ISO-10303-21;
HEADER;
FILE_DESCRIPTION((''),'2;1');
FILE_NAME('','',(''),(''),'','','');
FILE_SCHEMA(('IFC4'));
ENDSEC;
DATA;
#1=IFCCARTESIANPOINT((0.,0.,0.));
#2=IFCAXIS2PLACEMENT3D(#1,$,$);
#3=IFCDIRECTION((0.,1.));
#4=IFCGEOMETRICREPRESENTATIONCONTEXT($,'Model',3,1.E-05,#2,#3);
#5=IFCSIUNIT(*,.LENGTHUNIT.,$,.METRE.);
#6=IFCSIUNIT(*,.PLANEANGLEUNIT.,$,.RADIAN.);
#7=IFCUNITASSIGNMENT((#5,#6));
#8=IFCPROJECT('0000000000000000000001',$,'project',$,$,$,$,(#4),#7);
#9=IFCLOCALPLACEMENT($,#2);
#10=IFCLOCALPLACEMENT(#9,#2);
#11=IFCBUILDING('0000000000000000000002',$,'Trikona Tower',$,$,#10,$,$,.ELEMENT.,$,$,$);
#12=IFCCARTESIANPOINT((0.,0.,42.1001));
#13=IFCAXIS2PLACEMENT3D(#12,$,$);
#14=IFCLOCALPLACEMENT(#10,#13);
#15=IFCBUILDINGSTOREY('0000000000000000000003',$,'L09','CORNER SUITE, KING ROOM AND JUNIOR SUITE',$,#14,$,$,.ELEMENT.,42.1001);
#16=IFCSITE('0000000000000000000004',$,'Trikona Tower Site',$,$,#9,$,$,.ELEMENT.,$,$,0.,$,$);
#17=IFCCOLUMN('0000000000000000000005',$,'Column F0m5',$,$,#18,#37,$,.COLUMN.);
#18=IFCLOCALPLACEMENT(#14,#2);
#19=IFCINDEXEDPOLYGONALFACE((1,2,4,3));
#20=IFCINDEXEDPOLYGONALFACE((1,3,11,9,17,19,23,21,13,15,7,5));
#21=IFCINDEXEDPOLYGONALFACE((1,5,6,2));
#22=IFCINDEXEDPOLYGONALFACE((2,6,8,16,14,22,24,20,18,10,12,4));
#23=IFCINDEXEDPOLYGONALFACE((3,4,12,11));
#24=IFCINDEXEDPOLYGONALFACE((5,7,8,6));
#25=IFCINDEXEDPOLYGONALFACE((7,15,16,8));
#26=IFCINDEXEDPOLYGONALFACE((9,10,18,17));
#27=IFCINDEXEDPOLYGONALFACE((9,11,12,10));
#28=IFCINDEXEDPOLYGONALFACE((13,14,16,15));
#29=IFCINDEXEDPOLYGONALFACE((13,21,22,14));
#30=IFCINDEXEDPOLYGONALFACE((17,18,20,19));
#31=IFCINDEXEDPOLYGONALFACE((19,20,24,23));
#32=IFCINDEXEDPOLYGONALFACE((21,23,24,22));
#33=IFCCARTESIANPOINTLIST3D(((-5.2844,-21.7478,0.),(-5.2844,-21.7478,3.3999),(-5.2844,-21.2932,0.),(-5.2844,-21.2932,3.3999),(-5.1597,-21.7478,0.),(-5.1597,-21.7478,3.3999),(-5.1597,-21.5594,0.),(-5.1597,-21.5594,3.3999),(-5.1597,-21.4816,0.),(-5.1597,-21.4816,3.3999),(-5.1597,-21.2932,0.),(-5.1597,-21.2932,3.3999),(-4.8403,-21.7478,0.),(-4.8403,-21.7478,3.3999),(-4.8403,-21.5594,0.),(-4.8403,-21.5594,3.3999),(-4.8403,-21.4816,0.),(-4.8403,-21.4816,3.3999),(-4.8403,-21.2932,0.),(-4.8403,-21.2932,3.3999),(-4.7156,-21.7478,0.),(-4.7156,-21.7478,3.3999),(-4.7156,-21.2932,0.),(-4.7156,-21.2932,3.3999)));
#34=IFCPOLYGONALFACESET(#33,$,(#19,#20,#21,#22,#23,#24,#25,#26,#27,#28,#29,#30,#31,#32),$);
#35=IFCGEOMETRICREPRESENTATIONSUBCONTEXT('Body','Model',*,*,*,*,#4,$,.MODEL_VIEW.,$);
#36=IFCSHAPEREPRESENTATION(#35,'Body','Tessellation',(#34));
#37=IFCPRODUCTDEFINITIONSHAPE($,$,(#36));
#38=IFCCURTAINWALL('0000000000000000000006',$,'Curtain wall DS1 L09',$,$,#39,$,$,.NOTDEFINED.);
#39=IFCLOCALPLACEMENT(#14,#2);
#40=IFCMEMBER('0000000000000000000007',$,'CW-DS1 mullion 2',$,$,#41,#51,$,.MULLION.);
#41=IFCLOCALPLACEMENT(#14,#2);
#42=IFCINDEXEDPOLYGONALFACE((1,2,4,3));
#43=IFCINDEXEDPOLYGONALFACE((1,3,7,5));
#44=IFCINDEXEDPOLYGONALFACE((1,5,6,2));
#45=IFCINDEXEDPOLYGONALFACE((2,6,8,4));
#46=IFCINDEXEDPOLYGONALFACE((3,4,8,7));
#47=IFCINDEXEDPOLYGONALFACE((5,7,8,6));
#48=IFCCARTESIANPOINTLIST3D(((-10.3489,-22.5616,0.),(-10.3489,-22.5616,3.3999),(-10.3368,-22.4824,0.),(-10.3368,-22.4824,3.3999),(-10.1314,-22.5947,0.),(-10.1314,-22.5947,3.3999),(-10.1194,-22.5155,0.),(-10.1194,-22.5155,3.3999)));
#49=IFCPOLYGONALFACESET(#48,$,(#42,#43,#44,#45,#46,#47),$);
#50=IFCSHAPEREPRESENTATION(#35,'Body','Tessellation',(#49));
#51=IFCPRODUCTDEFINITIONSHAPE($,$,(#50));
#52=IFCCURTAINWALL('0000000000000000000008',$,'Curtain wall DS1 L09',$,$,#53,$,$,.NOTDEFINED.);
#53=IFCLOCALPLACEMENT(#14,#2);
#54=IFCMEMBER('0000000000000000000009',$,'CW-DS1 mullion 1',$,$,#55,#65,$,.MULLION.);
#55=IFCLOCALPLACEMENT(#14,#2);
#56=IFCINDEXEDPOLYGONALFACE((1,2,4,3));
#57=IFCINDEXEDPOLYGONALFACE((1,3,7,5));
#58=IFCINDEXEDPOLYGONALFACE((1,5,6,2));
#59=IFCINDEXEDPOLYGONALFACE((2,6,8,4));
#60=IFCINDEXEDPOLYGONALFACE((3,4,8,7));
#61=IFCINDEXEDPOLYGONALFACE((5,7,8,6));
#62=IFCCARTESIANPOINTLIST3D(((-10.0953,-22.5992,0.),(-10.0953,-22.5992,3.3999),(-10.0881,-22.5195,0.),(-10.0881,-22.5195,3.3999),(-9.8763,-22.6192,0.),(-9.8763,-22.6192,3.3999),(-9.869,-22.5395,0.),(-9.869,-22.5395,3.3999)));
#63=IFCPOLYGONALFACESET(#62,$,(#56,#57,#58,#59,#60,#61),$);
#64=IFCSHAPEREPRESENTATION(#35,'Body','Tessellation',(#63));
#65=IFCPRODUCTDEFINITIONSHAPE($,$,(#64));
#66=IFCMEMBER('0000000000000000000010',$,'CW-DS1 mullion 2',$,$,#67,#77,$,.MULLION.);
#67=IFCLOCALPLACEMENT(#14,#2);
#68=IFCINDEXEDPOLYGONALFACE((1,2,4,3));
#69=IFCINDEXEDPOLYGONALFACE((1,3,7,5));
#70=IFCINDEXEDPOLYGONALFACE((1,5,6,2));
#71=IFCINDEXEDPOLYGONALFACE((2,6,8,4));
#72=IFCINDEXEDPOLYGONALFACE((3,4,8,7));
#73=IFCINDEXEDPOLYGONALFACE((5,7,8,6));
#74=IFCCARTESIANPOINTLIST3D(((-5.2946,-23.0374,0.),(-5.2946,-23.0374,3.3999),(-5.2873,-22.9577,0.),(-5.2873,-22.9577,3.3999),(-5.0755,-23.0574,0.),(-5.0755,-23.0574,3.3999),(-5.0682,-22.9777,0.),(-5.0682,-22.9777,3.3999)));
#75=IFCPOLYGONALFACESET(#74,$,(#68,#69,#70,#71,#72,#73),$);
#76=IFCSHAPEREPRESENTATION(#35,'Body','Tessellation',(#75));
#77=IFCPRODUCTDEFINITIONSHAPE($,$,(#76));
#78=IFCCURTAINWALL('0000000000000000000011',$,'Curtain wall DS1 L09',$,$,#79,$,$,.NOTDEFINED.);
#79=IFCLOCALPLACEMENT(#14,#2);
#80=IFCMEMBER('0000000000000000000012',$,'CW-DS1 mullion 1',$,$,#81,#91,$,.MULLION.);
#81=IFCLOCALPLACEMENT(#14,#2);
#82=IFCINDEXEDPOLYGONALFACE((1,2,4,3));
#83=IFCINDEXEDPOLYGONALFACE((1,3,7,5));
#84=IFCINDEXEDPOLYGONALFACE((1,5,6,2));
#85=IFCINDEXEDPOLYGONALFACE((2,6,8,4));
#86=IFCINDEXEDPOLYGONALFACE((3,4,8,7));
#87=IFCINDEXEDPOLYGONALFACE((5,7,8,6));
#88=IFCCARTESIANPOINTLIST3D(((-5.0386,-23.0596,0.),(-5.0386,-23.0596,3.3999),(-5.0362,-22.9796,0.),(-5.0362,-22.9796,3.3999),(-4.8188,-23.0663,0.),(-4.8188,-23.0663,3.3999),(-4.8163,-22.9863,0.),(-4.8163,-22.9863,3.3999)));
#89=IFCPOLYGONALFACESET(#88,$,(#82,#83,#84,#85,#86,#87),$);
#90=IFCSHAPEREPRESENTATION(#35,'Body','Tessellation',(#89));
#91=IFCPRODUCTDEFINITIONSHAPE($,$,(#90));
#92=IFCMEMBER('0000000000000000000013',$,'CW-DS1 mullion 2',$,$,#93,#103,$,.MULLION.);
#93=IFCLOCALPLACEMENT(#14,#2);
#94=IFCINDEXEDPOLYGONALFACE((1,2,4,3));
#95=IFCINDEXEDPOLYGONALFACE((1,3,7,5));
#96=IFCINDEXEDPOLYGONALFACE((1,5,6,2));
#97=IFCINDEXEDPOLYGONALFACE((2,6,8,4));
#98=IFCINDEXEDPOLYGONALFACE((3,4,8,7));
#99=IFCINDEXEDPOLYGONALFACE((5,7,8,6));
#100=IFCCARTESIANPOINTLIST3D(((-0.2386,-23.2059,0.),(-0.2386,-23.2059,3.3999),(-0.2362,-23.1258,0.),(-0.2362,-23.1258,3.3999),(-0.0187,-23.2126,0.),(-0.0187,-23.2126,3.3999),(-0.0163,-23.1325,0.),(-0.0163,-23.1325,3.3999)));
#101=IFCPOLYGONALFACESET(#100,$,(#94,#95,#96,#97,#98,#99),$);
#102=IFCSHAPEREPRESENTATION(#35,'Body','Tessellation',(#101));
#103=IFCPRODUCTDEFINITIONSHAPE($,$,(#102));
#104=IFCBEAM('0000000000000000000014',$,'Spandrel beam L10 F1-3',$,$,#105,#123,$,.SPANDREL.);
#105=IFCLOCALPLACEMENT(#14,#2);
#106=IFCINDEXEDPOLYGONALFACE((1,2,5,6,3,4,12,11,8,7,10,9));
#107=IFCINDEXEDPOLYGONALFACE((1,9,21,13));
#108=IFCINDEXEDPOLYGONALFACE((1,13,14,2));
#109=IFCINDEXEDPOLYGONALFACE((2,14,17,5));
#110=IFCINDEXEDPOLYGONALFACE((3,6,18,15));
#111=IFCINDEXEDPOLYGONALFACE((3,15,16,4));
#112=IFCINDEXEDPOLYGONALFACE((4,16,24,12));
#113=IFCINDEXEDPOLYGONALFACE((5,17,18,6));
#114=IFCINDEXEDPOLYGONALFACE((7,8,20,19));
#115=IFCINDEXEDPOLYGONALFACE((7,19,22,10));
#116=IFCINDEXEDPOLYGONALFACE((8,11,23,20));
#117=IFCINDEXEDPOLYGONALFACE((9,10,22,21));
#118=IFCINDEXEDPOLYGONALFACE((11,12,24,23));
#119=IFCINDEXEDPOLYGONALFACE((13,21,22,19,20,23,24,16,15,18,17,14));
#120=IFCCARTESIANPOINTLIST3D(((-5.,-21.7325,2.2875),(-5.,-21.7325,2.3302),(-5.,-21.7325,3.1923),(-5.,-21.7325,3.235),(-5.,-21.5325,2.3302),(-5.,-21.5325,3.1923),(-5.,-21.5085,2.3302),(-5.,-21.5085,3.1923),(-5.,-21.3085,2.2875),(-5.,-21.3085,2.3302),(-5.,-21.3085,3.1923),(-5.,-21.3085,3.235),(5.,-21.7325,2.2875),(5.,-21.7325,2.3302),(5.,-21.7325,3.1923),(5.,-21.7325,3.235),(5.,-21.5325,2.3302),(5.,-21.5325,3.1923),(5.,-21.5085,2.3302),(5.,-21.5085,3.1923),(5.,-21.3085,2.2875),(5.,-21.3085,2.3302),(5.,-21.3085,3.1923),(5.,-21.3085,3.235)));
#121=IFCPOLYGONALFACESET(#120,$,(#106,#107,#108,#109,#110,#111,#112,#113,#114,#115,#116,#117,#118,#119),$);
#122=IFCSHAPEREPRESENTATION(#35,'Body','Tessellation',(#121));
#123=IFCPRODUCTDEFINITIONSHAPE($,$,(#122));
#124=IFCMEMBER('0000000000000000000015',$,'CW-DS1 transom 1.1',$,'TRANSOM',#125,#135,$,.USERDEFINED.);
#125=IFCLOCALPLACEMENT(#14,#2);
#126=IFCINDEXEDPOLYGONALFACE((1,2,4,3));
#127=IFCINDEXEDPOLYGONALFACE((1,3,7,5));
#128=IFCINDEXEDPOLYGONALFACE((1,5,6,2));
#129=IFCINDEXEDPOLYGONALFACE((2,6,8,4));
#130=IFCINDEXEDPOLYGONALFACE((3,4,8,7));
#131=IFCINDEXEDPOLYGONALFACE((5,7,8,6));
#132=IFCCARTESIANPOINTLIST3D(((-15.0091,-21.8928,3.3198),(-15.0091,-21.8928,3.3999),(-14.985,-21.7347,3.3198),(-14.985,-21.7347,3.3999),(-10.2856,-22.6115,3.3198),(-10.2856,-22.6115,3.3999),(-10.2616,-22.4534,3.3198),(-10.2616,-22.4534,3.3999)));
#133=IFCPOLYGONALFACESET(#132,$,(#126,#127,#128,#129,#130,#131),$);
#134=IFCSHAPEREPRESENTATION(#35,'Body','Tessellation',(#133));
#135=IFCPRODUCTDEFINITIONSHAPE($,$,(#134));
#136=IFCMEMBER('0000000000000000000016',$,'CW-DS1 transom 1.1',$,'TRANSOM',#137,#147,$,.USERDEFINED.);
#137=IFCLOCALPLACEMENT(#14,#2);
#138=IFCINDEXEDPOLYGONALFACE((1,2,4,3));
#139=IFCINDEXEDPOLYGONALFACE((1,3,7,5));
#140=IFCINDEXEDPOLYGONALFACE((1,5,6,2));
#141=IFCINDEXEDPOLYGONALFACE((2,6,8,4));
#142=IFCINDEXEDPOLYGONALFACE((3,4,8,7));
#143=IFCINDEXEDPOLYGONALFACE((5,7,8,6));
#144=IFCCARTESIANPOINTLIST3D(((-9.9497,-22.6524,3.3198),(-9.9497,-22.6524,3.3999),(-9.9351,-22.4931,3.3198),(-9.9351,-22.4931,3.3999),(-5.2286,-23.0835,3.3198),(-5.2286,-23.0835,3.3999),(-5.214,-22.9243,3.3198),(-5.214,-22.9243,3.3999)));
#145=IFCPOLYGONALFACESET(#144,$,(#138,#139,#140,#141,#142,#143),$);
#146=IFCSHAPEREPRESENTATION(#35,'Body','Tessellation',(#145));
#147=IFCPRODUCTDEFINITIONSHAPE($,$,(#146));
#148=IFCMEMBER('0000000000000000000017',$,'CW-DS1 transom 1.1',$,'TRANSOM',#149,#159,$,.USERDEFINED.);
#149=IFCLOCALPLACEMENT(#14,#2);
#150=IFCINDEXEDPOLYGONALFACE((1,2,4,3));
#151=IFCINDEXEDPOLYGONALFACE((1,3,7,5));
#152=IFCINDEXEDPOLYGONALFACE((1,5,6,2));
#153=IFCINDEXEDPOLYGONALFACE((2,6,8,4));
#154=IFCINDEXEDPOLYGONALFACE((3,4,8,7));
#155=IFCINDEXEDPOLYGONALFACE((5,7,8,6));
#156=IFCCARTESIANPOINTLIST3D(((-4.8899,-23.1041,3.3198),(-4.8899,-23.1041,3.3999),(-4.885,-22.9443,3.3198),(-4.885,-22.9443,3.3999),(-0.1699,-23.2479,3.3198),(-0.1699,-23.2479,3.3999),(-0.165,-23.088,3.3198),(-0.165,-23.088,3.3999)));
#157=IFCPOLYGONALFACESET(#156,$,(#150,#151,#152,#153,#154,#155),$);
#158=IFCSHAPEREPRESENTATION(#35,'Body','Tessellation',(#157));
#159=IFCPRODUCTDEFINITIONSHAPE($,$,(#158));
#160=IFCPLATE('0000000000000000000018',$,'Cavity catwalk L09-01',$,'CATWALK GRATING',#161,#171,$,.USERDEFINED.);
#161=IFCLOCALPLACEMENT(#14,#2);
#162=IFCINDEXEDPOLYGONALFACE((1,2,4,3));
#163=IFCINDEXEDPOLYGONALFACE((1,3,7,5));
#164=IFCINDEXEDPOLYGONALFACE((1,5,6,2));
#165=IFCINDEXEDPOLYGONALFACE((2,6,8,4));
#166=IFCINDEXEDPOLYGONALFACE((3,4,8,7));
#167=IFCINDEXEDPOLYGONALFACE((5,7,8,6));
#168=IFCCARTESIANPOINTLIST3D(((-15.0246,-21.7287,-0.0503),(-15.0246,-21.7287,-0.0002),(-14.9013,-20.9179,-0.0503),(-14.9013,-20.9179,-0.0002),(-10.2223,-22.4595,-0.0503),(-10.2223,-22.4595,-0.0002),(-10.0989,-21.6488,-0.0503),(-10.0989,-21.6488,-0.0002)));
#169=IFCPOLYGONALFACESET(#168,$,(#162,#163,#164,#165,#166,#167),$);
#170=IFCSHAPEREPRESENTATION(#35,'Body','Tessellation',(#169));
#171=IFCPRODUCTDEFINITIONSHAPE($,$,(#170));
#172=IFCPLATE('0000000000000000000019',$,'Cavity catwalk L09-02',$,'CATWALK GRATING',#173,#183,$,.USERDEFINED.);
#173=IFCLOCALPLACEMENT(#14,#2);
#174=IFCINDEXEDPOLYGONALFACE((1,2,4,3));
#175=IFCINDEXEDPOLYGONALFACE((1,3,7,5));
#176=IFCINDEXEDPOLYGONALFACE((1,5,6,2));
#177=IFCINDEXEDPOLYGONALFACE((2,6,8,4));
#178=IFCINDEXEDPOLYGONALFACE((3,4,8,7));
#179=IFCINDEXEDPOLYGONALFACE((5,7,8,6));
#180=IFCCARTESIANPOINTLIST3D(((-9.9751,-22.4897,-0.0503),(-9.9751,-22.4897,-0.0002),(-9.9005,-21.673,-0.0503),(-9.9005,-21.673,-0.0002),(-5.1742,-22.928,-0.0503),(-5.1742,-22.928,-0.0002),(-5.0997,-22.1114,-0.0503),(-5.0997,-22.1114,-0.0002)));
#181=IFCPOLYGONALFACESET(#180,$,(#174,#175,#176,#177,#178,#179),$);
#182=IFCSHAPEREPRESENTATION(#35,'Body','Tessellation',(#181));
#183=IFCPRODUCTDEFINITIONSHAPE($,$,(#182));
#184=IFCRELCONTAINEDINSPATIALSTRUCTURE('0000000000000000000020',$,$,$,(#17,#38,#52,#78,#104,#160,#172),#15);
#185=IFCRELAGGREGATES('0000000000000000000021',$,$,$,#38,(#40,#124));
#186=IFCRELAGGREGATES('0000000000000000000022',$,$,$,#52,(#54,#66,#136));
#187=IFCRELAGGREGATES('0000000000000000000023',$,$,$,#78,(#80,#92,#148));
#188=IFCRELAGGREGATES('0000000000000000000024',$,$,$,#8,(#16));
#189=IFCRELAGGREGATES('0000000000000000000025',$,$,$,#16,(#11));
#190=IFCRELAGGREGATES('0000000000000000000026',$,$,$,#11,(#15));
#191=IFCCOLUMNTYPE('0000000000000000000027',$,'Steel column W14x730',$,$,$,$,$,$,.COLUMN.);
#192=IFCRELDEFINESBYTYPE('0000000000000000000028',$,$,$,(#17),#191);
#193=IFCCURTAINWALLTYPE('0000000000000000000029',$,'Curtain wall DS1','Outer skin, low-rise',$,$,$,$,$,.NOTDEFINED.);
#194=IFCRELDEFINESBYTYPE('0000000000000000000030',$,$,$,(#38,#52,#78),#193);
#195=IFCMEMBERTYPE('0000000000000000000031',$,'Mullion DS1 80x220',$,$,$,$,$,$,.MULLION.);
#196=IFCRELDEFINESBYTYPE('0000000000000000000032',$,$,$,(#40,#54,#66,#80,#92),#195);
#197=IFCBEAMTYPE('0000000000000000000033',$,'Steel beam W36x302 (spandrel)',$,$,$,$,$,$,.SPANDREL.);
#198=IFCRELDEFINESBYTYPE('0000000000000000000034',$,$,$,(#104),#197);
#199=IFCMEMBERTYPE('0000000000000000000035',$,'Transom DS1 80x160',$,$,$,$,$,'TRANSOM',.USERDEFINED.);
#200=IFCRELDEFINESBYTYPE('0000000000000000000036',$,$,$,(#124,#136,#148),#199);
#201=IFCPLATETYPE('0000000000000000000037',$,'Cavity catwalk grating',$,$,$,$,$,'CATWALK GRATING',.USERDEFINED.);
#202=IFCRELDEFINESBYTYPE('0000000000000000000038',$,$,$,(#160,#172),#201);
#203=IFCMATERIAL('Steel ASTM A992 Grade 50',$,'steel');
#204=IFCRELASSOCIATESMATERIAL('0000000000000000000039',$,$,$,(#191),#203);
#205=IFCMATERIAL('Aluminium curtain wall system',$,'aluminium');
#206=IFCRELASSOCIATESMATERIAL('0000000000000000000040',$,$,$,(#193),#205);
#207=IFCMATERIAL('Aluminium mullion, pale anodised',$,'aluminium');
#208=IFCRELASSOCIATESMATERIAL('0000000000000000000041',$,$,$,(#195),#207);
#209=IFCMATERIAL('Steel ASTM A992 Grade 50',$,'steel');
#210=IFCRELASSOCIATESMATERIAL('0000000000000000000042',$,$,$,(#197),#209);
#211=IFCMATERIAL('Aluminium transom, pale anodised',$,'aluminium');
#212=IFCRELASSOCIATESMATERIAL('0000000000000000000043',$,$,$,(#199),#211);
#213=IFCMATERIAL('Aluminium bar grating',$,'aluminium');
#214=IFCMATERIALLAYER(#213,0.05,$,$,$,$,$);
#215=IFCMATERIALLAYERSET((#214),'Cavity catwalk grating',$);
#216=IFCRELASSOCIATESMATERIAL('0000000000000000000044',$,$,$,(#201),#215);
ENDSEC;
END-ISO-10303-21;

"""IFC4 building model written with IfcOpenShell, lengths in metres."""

from ifc_helpers import new_model, si_unit, direction, frame, origin, origin_2d, place, context, subcontext, project, spatial, rectangle, i_section, extrude, material, layer, layer_set, material_profile, profile_set, type_object, element, aggregate, save


model = new_model("IFC4")

# Units and contexts
model_context = context("Model", 3, precision=1e-05, world=origin(), true_north=direction((0.0, 1.0)))
body_context = subcontext(model_context, "Body", "Model", "MODEL_VIEW")
ifc_project = project(units=[si_unit("LENGTHUNIT", "METRE"), si_unit("PLANEANGLEUNIT", "RADIAN")], contexts=[model_context])

# Site, building, storey
site_placement = place(None, origin())
site = spatial("IfcSite", under=ifc_project, at=site_placement, Name="Trikona Tower Site", CompositionType="ELEMENT", RefElevation=0.0)
building_placement = place(site_placement, origin())
building = spatial("IfcBuilding", under=site, at=building_placement, Name="Trikona Tower", CompositionType="ELEMENT")
storey_placement = place(building_placement, frame((0.0, 0.0, 42.1001)))
storey = spatial("IfcBuildingStorey", under=building, at=storey_placement, Name="L09", Description="CORNER SUITE, KING ROOM AND JUNIOR SUITE", CompositionType="ELEMENT", Elevation=42.1001)

# Column
ifc_material_1 = material(Name="Steel ASTM A992 Grade 50", Category="steel")
ifc_material_profile_1 = material_profile(ifc_material_1, i_section(OverallWidth=0.4546, OverallDepth=0.5688, WebThickness=0.0779, FlangeThickness=0.1248, at=origin_2d()), Name="W14X730")
ifc_profile_set_1 = profile_set([ifc_material_profile_1], Name="Steel ASTM A992 Grade 50")
column_type = type_object("IfcColumnType", Name="Steel column W14x730", PredefinedType="COLUMN", material=ifc_profile_set_1)
column_placement = place(storey_placement, frame((-5.0, -21.5205, 0.0), z_axis=(0.0, 0.0, 1.0), x_axis=(0.0, -1.0, 0.0)))
element("IfcColumn", 1, at=column_placement, inside=storey, type_object=column_type, Name="Column F0m5", PredefinedType="COLUMN", context=body_context, shape_type="SweptSolid", body=[
    extrude(i_section(OverallWidth=0.4546, OverallDepth=0.5688, WebThickness=0.0779, FlangeThickness=0.1248, at=origin_2d()), origin(), (0.0, 0.0, 1.0), 3.3999),
])

# Curtain wall, member
ifc_material_2 = material(Name="Aluminium curtain wall system", Category="aluminium")
curtain_wall_type = type_object("IfcCurtainWallType", Name="Curtain wall DS1", Description="Outer skin, low-rise", PredefinedType="NOTDEFINED", material=ifc_material_2)
curtain_wall_1_placement = place(storey_placement, origin())
curtain_wall_1 = element("IfcCurtainWall", 2, at=curtain_wall_1_placement, inside=storey, type_object=curtain_wall_type, Name="Curtain wall DS1 L09", PredefinedType="NOTDEFINED")
ifc_material_3 = material(Name="Aluminium mullion, pale anodised", Category="aluminium")
ifc_material_profile_2 = material_profile(ifc_material_3, rectangle(XDim=0.0801, YDim=0.22, at=origin_2d()), Name="MUL-DS1")
ifc_profile_set_2 = profile_set([ifc_material_profile_2], Name="Aluminium mullion, pale anodised")
member_type_1 = type_object("IfcMemberType", Name="Mullion DS1 80x220", PredefinedType="MULLION", material=ifc_profile_set_2)
member_1_placement = place(storey_placement, frame((-10.2341, -22.5386, 0.0), z_axis=(0.0, 0.0, 1.0), x_axis=(0.150438, 0.988619, 0.0)))
member_1 = element("IfcMember", 3, at=member_1_placement, type_object=member_type_1, Name="CW-DS1 mullion 2", PredefinedType="MULLION", context=body_context, shape_type="SweptSolid", body=[
    extrude(rectangle(XDim=0.0801, YDim=0.22, at=origin_2d()), origin(), (0.0, 0.0, 1.0), 3.3999),
])

# Curtain walls, members
curtain_wall_2_placement = place(storey_placement, origin())
curtain_wall_2 = element("IfcCurtainWall", 4, at=curtain_wall_2_placement, inside=storey, type_object=curtain_wall_type, Name="Curtain wall DS1 L09", PredefinedType="NOTDEFINED")
member_2_placement = place(storey_placement, frame((-9.9822, -22.5693, 0.0), z_axis=(0.0, 0.0, 1.0), x_axis=(0.090924, 0.995858, 0.0)))
member_2 = element("IfcMember", 5, at=member_2_placement, type_object=member_type_1, Name="CW-DS1 mullion 1", PredefinedType="MULLION", context=body_context, shape_type="SweptSolid", body=[
    extrude(rectangle(XDim=0.0801, YDim=0.22, at=origin_2d()), origin(), (0.0, 0.0, 1.0), 3.3999),
])
member_3_placement = place(storey_placement, frame((-5.1814, -23.0076, 0.0), z_axis=(0.0, 0.0, 1.0), x_axis=(0.090924, 0.995858, 0.0)))
member_3 = element("IfcMember", 6, at=member_3_placement, type_object=member_type_1, Name="CW-DS1 mullion 2", PredefinedType="MULLION", context=body_context, shape_type="SweptSolid", body=[
    extrude(rectangle(XDim=0.0801, YDim=0.22, at=origin_2d()), origin(), (0.0, 0.0, 1.0), 3.3999),
])
curtain_wall_3_placement = place(storey_placement, origin())
curtain_wall_3 = element("IfcCurtainWall", 7, at=curtain_wall_3_placement, inside=storey, type_object=curtain_wall_type, Name="Curtain wall DS1 L09", PredefinedType="NOTDEFINED")
member_4_placement = place(storey_placement, frame((-4.9275, -23.0229, 0.0), z_axis=(0.0, 0.0, 1.0), x_axis=(0.030437, 0.999537, 0.0)))
member_4 = element("IfcMember", 8, at=member_4_placement, type_object=member_type_1, Name="CW-DS1 mullion 1", PredefinedType="MULLION", context=body_context, shape_type="SweptSolid", body=[
    extrude(rectangle(XDim=0.0801, YDim=0.22, at=origin_2d()), origin(), (0.0, 0.0, 1.0), 3.3999),
])
member_5_placement = place(storey_placement, frame((-0.1274, -23.1692, 0.0), z_axis=(0.0, 0.0, 1.0), x_axis=(0.030437, 0.999537, 0.0)))
member_5 = element("IfcMember", 9, at=member_5_placement, type_object=member_type_1, Name="CW-DS1 mullion 2", PredefinedType="MULLION", context=body_context, shape_type="SweptSolid", body=[
    extrude(rectangle(XDim=0.0801, YDim=0.22, at=origin_2d()), origin(), (0.0, 0.0, 1.0), 3.3999),
])

# Beam
ifc_material_4 = material(Name="Steel ASTM A992 Grade 50", Category="steel")
ifc_material_profile_3 = material_profile(ifc_material_4, i_section(OverallWidth=0.4241, OverallDepth=0.9475, WebThickness=0.0239, FlangeThickness=0.0427, at=origin_2d()), Name="W36X302")
ifc_profile_set_3 = profile_set([ifc_material_profile_3], Name="Steel ASTM A992 Grade 50")
beam_type = type_object("IfcBeamType", Name="Steel beam W36x302 (spandrel)", PredefinedType="SPANDREL", material=ifc_profile_set_3)
beam_placement = place(storey_placement, frame((-5.0, -21.5205, 2.7612), z_axis=(1.0, 0.0, 0.0), x_axis=(0.0, 1.0, 0.0)))
element("IfcBeam", 10, at=beam_placement, inside=storey, type_object=beam_type, Name="Spandrel beam L10 F1-3", PredefinedType="SPANDREL", context=body_context, shape_type="SweptSolid", body=[
    extrude(i_section(OverallWidth=0.4241, OverallDepth=0.9475, WebThickness=0.0239, FlangeThickness=0.0427, at=origin_2d()), origin(), (0.0, 0.0, 1.0), 10.0),
])

# Members
ifc_material_5 = material(Name="Aluminium transom, pale anodised", Category="aluminium")
ifc_material_profile_4 = material_profile(ifc_material_5, rectangle(XDim=0.1599, YDim=0.0801, at=origin_2d()), Name="TRN-DS1")
ifc_profile_set_4 = profile_set([ifc_material_profile_4], Name="Aluminium transom, pale anodised")
member_type_2 = type_object("IfcMemberType", Name="Transom DS1 80x160", ElementType="TRANSOM", PredefinedType="USERDEFINED", material=ifc_profile_set_4)
member_6_placement = place(storey_placement, frame((-14.9971, -21.8137, 3.3599), z_axis=(0.98862, -0.150437, 0.0), x_axis=(0.150437, 0.98862, 0.0)))
member_6 = element("IfcMember", 11, at=member_6_placement, type_object=member_type_2, Name="CW-DS1 transom 1.1", ObjectType="TRANSOM", PredefinedType="USERDEFINED", context=body_context, shape_type="SweptSolid", body=[
    extrude(rectangle(XDim=0.1599, YDim=0.0801, at=origin_2d()), origin(), (0.0, 0.0, 1.0), 4.7778),
])
member_7_placement = place(storey_placement, frame((-9.9424, -22.5728, 3.3599), z_axis=(0.995856, -0.090944, 0.0), x_axis=(0.090944, 0.995856, 0.0)))
member_7 = element("IfcMember", 12, at=member_7_placement, type_object=member_type_2, Name="CW-DS1 transom 1.1", ObjectType="TRANSOM", PredefinedType="USERDEFINED", context=body_context, shape_type="SweptSolid", body=[
    extrude(rectangle(XDim=0.1599, YDim=0.0801, at=origin_2d()), origin(), (0.0, 0.0, 1.0), 4.7407),
])
member_8_placement = place(storey_placement, frame((-4.8875, -23.0242, 3.3599), z_axis=(0.999536, -0.030452, 0.0), x_axis=(0.030452, 0.999536, 0.0)))
member_8 = element("IfcMember", 13, at=member_8_placement, type_object=member_type_2, Name="CW-DS1 transom 1.1", ObjectType="TRANSOM", PredefinedType="USERDEFINED", context=body_context, shape_type="SweptSolid", body=[
    extrude(rectangle(XDim=0.1599, YDim=0.0801, at=origin_2d()), origin(), (0.0, 0.0, 1.0), 4.7222),
])

# Plates
ifc_material_6 = material(Name="Aluminium bar grating", Category="aluminium")
ifc_layer_1 = layer(ifc_material_6, 0.05)
ifc_layer_set_1 = layer_set([ifc_layer_1], Name="Cavity catwalk grating")
plate_type_1 = type_object("IfcPlateType", Name="Cavity catwalk grating", ElementType="CATWALK GRATING", PredefinedType="USERDEFINED", material=ifc_layer_set_1)
plate_1_placement = place(storey_placement, frame((-12.5618, -21.6887, -0.0503), z_axis=(0.0, 0.0, 1.0), x_axis=(0.988618, -0.150448, 0.0)))
element("IfcPlate", 14, at=plate_1_placement, inside=storey, type_object=plate_type_1, Name="Cavity catwalk L09-01", ObjectType="CATWALK GRATING", PredefinedType="USERDEFINED", context=body_context, shape_type="SweptSolid", body=[
    extrude(rectangle(XDim=4.8577, YDim=0.8201, at=origin_2d()), origin(), (0.0, 0.0, 1.0), 0.05),
])
plate_2_placement = place(storey_placement, frame((-7.5374, -22.3005, -0.0503), z_axis=(0.0, 0.0, 1.0), x_axis=(0.995858, -0.090921, 0.0)))
element("IfcPlate", 15, at=plate_2_placement, inside=storey, type_object=plate_type_1, Name="Cavity catwalk L09-02", ObjectType="CATWALK GRATING", PredefinedType="USERDEFINED", context=body_context, shape_type="SweptSolid", body=[
    extrude(rectangle(XDim=4.8208, YDim=0.8201, at=origin_2d()), origin(), (0.0, 0.0, 1.0), 0.05),
])

aggregate(curtain_wall_1, [member_1, member_6])
aggregate(curtain_wall_2, [member_2, member_3, member_7])
aggregate(curtain_wall_3, [member_4, member_5, member_8])

save(model, "model.ifc")
